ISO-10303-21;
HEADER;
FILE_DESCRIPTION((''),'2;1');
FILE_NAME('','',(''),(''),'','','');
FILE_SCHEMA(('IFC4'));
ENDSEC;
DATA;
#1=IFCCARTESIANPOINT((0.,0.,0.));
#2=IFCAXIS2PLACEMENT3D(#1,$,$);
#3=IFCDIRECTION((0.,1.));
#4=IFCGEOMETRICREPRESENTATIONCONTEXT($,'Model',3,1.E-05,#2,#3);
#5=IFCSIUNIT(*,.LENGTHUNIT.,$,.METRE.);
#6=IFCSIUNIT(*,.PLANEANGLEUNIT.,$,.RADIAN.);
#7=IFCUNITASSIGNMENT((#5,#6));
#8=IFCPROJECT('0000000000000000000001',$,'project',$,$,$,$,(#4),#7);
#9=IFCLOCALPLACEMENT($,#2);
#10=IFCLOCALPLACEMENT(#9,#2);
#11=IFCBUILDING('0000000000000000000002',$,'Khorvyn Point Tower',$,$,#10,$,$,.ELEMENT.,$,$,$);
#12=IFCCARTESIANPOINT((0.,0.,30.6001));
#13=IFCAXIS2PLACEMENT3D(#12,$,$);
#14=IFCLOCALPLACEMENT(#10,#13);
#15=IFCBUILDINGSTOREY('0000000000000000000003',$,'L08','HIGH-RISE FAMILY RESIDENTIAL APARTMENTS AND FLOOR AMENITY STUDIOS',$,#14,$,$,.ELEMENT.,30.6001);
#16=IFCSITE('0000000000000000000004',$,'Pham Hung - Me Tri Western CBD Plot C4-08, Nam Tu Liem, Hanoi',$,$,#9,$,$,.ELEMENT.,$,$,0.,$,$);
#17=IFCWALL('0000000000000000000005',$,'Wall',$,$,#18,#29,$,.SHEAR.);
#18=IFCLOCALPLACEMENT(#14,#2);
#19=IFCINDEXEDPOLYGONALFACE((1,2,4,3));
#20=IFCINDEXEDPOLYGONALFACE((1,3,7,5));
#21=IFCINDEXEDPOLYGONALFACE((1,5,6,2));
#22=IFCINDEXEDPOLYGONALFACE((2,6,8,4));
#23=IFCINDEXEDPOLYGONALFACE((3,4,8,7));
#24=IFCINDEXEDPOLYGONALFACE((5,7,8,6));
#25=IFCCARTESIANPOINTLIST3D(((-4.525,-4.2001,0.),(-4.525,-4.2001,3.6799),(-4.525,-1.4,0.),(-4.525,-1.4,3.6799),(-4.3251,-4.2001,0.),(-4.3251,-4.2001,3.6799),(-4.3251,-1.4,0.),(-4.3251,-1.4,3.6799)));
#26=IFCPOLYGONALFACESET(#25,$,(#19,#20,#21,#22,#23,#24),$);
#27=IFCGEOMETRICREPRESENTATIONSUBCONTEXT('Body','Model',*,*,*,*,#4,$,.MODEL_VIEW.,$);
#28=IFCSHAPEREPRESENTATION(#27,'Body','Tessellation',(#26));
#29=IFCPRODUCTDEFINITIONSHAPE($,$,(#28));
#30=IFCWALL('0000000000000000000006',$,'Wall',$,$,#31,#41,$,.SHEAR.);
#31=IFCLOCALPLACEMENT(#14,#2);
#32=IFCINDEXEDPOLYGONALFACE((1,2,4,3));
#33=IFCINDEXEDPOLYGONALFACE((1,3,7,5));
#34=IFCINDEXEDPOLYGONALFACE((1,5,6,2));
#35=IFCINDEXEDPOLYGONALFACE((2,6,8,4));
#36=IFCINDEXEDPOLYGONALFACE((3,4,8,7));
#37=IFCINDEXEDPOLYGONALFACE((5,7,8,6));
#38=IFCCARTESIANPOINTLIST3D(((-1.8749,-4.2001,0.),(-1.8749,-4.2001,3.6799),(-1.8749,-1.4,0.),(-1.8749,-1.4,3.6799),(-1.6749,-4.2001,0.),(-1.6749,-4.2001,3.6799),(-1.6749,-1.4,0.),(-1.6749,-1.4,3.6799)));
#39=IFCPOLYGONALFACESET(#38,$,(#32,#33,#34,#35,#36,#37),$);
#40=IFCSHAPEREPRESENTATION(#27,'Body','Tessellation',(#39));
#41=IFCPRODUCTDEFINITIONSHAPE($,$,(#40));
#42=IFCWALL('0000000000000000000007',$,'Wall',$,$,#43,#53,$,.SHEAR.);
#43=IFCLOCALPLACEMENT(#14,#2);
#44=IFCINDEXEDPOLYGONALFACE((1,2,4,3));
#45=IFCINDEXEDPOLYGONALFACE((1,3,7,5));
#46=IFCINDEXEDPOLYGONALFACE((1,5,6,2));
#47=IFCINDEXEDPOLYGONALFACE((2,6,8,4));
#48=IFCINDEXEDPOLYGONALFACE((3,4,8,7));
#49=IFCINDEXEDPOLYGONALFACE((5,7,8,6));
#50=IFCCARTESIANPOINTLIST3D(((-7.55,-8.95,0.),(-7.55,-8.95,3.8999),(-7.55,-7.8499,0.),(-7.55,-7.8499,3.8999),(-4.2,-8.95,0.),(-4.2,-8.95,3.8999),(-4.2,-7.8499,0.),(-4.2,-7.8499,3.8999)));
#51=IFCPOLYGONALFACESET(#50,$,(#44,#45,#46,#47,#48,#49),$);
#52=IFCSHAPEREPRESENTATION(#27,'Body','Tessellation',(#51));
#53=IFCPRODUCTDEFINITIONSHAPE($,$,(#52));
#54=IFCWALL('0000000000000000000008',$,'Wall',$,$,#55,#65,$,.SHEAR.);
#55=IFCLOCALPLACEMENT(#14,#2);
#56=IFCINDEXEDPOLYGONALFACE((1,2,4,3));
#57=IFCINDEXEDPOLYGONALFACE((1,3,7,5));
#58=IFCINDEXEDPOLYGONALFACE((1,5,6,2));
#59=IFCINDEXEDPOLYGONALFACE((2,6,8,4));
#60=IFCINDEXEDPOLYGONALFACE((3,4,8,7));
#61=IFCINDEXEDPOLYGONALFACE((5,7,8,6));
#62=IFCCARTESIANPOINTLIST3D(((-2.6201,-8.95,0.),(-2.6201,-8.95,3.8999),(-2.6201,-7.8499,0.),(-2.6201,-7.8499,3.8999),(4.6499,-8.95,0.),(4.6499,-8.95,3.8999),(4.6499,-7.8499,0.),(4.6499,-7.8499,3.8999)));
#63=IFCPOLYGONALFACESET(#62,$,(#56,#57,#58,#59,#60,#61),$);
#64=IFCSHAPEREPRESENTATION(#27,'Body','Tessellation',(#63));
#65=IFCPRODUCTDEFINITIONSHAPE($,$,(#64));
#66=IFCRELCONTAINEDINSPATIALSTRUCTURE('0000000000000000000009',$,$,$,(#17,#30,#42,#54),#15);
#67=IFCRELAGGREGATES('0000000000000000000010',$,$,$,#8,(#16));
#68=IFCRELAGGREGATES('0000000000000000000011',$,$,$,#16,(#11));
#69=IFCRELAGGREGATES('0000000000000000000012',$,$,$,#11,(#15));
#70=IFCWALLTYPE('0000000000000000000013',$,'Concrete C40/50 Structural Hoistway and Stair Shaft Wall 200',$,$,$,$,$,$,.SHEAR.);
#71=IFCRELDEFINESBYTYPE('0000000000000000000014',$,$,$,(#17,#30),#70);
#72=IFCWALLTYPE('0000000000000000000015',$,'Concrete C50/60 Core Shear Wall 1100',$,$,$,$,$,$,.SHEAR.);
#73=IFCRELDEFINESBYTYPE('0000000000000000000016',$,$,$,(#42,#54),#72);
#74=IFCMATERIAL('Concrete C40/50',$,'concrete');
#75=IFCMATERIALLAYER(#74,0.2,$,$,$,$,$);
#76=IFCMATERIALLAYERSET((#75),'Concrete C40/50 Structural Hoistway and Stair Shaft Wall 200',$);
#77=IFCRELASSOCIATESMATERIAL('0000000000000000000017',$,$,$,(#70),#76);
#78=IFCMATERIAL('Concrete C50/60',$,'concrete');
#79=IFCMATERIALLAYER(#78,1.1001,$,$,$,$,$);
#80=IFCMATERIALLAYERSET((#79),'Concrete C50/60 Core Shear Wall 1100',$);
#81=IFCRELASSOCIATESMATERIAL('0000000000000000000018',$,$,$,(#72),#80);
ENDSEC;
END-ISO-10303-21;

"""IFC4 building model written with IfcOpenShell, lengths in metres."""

from ifc_helpers import new_model, si_unit, direction, frame, frame_2d, origin, place, context, subcontext, project, spatial, rectangle, extrude, material, layer, layer_set, type_object, element, save


model = new_model("IFC4")

# Units and contexts
model_context = context("Model", 3, precision=1e-05, world=origin(), true_north=direction((0.0, 1.0)))
body_context = subcontext(model_context, "Body", "Model", "MODEL_VIEW")
ifc_project = project(units=[si_unit("LENGTHUNIT", "METRE"), si_unit("PLANEANGLEUNIT", "RADIAN")], contexts=[model_context])

# Site, building, storey
site_placement = place(None, origin())
site = spatial("IfcSite", under=ifc_project, at=site_placement, Name="Pham Hung - Me Tri Western CBD Plot C4-08, Nam Tu Liem, Hanoi", CompositionType="ELEMENT", RefElevation=0.0)
building_placement = place(site_placement, origin())
building = spatial("IfcBuilding", under=site, at=building_placement, Name="Khorvyn Point Tower", CompositionType="ELEMENT")
storey_placement = place(building_placement, frame((0.0, 0.0, 30.6001)))
storey = spatial("IfcBuildingStorey", under=building, at=storey_placement, Name="L08", Description="HIGH-RISE FAMILY RESIDENTIAL APARTMENTS AND FLOOR AMENITY STUDIOS", CompositionType="ELEMENT", Elevation=30.6001)

# Shared definitions
ifc_material_1 = material(Name="Concrete C40/50", Category="concrete")
ifc_material_2 = material(Name="Concrete C50/60", Category="concrete")

# Shared definitions
ifc_layer_1 = layer(ifc_material_1, 0.2)
ifc_layer_set_1 = layer_set([ifc_layer_1], Name="Concrete C40/50 Structural Hoistway and Stair Shaft Wall 200")
wall_type_1 = type_object("IfcWallType", Name="Concrete C40/50 Structural Hoistway and Stair Shaft Wall 200", PredefinedType="SHEAR", material=ifc_layer_set_1)

# Walls
for number, where, z_axis, x_axis, name in (
    (1, (-4.425, -4.2, 0.0), (0.0, 0.0, 1.0), (0.0, 1.0, 0.0), "Wall"),
    (2, (-1.7749, -4.2, 0.0), (0.0, 0.0, 1.0), (0.0, 1.0, 0.0), "Wall"),
):
    element("IfcWall", number, at=place(storey_placement, frame(where, z_axis=z_axis, x_axis=x_axis)), inside=storey, type_object=wall_type_1, Name=name, PredefinedType="SHEAR", context=body_context, shape_type="SweptSolid", body=[
        extrude(rectangle(XDim=2.8, YDim=0.2, at=frame_2d((1.3999, 0.0))), origin(), (0.0, 0.0, 1.0), 3.6799),
    ])
ifc_layer_2 = layer(ifc_material_2, 1.1001)
ifc_layer_set_2 = layer_set([ifc_layer_2], Name="Concrete C50/60 Core Shear Wall 1100")
wall_type_2 = type_object("IfcWallType", Name="Concrete C50/60 Core Shear Wall 1100", PredefinedType="SHEAR", material=ifc_layer_set_2)
wall_1_placement = place(storey_placement, frame((-7.55, -8.3999, 0.0), z_axis=(0.0, 0.0, 1.0), x_axis=(1.0, 0.0, 0.0)))
element("IfcWall", 3, at=wall_1_placement, inside=storey, type_object=wall_type_2, Name="Wall", PredefinedType="SHEAR", context=body_context, shape_type="SweptSolid", body=[
    extrude(rectangle(XDim=3.3501, YDim=1.1001, at=frame_2d((1.675, 0.0))), origin(), (0.0, 0.0, 1.0), 3.8999),
])
wall_2_placement = place(storey_placement, frame((-2.6201, -8.3999, 0.0), z_axis=(0.0, 0.0, 1.0), x_axis=(1.0, 0.0, 0.0)))
element("IfcWall", 4, at=wall_2_placement, inside=storey, type_object=wall_type_2, Name="Wall", PredefinedType="SHEAR", context=body_context, shape_type="SweptSolid", body=[
    extrude(rectangle(XDim=7.27, YDim=1.1001, at=frame_2d((3.635, 0.0))), origin(), (0.0, 0.0, 1.0), 3.8999),
])

save(model, "model.ifc")
